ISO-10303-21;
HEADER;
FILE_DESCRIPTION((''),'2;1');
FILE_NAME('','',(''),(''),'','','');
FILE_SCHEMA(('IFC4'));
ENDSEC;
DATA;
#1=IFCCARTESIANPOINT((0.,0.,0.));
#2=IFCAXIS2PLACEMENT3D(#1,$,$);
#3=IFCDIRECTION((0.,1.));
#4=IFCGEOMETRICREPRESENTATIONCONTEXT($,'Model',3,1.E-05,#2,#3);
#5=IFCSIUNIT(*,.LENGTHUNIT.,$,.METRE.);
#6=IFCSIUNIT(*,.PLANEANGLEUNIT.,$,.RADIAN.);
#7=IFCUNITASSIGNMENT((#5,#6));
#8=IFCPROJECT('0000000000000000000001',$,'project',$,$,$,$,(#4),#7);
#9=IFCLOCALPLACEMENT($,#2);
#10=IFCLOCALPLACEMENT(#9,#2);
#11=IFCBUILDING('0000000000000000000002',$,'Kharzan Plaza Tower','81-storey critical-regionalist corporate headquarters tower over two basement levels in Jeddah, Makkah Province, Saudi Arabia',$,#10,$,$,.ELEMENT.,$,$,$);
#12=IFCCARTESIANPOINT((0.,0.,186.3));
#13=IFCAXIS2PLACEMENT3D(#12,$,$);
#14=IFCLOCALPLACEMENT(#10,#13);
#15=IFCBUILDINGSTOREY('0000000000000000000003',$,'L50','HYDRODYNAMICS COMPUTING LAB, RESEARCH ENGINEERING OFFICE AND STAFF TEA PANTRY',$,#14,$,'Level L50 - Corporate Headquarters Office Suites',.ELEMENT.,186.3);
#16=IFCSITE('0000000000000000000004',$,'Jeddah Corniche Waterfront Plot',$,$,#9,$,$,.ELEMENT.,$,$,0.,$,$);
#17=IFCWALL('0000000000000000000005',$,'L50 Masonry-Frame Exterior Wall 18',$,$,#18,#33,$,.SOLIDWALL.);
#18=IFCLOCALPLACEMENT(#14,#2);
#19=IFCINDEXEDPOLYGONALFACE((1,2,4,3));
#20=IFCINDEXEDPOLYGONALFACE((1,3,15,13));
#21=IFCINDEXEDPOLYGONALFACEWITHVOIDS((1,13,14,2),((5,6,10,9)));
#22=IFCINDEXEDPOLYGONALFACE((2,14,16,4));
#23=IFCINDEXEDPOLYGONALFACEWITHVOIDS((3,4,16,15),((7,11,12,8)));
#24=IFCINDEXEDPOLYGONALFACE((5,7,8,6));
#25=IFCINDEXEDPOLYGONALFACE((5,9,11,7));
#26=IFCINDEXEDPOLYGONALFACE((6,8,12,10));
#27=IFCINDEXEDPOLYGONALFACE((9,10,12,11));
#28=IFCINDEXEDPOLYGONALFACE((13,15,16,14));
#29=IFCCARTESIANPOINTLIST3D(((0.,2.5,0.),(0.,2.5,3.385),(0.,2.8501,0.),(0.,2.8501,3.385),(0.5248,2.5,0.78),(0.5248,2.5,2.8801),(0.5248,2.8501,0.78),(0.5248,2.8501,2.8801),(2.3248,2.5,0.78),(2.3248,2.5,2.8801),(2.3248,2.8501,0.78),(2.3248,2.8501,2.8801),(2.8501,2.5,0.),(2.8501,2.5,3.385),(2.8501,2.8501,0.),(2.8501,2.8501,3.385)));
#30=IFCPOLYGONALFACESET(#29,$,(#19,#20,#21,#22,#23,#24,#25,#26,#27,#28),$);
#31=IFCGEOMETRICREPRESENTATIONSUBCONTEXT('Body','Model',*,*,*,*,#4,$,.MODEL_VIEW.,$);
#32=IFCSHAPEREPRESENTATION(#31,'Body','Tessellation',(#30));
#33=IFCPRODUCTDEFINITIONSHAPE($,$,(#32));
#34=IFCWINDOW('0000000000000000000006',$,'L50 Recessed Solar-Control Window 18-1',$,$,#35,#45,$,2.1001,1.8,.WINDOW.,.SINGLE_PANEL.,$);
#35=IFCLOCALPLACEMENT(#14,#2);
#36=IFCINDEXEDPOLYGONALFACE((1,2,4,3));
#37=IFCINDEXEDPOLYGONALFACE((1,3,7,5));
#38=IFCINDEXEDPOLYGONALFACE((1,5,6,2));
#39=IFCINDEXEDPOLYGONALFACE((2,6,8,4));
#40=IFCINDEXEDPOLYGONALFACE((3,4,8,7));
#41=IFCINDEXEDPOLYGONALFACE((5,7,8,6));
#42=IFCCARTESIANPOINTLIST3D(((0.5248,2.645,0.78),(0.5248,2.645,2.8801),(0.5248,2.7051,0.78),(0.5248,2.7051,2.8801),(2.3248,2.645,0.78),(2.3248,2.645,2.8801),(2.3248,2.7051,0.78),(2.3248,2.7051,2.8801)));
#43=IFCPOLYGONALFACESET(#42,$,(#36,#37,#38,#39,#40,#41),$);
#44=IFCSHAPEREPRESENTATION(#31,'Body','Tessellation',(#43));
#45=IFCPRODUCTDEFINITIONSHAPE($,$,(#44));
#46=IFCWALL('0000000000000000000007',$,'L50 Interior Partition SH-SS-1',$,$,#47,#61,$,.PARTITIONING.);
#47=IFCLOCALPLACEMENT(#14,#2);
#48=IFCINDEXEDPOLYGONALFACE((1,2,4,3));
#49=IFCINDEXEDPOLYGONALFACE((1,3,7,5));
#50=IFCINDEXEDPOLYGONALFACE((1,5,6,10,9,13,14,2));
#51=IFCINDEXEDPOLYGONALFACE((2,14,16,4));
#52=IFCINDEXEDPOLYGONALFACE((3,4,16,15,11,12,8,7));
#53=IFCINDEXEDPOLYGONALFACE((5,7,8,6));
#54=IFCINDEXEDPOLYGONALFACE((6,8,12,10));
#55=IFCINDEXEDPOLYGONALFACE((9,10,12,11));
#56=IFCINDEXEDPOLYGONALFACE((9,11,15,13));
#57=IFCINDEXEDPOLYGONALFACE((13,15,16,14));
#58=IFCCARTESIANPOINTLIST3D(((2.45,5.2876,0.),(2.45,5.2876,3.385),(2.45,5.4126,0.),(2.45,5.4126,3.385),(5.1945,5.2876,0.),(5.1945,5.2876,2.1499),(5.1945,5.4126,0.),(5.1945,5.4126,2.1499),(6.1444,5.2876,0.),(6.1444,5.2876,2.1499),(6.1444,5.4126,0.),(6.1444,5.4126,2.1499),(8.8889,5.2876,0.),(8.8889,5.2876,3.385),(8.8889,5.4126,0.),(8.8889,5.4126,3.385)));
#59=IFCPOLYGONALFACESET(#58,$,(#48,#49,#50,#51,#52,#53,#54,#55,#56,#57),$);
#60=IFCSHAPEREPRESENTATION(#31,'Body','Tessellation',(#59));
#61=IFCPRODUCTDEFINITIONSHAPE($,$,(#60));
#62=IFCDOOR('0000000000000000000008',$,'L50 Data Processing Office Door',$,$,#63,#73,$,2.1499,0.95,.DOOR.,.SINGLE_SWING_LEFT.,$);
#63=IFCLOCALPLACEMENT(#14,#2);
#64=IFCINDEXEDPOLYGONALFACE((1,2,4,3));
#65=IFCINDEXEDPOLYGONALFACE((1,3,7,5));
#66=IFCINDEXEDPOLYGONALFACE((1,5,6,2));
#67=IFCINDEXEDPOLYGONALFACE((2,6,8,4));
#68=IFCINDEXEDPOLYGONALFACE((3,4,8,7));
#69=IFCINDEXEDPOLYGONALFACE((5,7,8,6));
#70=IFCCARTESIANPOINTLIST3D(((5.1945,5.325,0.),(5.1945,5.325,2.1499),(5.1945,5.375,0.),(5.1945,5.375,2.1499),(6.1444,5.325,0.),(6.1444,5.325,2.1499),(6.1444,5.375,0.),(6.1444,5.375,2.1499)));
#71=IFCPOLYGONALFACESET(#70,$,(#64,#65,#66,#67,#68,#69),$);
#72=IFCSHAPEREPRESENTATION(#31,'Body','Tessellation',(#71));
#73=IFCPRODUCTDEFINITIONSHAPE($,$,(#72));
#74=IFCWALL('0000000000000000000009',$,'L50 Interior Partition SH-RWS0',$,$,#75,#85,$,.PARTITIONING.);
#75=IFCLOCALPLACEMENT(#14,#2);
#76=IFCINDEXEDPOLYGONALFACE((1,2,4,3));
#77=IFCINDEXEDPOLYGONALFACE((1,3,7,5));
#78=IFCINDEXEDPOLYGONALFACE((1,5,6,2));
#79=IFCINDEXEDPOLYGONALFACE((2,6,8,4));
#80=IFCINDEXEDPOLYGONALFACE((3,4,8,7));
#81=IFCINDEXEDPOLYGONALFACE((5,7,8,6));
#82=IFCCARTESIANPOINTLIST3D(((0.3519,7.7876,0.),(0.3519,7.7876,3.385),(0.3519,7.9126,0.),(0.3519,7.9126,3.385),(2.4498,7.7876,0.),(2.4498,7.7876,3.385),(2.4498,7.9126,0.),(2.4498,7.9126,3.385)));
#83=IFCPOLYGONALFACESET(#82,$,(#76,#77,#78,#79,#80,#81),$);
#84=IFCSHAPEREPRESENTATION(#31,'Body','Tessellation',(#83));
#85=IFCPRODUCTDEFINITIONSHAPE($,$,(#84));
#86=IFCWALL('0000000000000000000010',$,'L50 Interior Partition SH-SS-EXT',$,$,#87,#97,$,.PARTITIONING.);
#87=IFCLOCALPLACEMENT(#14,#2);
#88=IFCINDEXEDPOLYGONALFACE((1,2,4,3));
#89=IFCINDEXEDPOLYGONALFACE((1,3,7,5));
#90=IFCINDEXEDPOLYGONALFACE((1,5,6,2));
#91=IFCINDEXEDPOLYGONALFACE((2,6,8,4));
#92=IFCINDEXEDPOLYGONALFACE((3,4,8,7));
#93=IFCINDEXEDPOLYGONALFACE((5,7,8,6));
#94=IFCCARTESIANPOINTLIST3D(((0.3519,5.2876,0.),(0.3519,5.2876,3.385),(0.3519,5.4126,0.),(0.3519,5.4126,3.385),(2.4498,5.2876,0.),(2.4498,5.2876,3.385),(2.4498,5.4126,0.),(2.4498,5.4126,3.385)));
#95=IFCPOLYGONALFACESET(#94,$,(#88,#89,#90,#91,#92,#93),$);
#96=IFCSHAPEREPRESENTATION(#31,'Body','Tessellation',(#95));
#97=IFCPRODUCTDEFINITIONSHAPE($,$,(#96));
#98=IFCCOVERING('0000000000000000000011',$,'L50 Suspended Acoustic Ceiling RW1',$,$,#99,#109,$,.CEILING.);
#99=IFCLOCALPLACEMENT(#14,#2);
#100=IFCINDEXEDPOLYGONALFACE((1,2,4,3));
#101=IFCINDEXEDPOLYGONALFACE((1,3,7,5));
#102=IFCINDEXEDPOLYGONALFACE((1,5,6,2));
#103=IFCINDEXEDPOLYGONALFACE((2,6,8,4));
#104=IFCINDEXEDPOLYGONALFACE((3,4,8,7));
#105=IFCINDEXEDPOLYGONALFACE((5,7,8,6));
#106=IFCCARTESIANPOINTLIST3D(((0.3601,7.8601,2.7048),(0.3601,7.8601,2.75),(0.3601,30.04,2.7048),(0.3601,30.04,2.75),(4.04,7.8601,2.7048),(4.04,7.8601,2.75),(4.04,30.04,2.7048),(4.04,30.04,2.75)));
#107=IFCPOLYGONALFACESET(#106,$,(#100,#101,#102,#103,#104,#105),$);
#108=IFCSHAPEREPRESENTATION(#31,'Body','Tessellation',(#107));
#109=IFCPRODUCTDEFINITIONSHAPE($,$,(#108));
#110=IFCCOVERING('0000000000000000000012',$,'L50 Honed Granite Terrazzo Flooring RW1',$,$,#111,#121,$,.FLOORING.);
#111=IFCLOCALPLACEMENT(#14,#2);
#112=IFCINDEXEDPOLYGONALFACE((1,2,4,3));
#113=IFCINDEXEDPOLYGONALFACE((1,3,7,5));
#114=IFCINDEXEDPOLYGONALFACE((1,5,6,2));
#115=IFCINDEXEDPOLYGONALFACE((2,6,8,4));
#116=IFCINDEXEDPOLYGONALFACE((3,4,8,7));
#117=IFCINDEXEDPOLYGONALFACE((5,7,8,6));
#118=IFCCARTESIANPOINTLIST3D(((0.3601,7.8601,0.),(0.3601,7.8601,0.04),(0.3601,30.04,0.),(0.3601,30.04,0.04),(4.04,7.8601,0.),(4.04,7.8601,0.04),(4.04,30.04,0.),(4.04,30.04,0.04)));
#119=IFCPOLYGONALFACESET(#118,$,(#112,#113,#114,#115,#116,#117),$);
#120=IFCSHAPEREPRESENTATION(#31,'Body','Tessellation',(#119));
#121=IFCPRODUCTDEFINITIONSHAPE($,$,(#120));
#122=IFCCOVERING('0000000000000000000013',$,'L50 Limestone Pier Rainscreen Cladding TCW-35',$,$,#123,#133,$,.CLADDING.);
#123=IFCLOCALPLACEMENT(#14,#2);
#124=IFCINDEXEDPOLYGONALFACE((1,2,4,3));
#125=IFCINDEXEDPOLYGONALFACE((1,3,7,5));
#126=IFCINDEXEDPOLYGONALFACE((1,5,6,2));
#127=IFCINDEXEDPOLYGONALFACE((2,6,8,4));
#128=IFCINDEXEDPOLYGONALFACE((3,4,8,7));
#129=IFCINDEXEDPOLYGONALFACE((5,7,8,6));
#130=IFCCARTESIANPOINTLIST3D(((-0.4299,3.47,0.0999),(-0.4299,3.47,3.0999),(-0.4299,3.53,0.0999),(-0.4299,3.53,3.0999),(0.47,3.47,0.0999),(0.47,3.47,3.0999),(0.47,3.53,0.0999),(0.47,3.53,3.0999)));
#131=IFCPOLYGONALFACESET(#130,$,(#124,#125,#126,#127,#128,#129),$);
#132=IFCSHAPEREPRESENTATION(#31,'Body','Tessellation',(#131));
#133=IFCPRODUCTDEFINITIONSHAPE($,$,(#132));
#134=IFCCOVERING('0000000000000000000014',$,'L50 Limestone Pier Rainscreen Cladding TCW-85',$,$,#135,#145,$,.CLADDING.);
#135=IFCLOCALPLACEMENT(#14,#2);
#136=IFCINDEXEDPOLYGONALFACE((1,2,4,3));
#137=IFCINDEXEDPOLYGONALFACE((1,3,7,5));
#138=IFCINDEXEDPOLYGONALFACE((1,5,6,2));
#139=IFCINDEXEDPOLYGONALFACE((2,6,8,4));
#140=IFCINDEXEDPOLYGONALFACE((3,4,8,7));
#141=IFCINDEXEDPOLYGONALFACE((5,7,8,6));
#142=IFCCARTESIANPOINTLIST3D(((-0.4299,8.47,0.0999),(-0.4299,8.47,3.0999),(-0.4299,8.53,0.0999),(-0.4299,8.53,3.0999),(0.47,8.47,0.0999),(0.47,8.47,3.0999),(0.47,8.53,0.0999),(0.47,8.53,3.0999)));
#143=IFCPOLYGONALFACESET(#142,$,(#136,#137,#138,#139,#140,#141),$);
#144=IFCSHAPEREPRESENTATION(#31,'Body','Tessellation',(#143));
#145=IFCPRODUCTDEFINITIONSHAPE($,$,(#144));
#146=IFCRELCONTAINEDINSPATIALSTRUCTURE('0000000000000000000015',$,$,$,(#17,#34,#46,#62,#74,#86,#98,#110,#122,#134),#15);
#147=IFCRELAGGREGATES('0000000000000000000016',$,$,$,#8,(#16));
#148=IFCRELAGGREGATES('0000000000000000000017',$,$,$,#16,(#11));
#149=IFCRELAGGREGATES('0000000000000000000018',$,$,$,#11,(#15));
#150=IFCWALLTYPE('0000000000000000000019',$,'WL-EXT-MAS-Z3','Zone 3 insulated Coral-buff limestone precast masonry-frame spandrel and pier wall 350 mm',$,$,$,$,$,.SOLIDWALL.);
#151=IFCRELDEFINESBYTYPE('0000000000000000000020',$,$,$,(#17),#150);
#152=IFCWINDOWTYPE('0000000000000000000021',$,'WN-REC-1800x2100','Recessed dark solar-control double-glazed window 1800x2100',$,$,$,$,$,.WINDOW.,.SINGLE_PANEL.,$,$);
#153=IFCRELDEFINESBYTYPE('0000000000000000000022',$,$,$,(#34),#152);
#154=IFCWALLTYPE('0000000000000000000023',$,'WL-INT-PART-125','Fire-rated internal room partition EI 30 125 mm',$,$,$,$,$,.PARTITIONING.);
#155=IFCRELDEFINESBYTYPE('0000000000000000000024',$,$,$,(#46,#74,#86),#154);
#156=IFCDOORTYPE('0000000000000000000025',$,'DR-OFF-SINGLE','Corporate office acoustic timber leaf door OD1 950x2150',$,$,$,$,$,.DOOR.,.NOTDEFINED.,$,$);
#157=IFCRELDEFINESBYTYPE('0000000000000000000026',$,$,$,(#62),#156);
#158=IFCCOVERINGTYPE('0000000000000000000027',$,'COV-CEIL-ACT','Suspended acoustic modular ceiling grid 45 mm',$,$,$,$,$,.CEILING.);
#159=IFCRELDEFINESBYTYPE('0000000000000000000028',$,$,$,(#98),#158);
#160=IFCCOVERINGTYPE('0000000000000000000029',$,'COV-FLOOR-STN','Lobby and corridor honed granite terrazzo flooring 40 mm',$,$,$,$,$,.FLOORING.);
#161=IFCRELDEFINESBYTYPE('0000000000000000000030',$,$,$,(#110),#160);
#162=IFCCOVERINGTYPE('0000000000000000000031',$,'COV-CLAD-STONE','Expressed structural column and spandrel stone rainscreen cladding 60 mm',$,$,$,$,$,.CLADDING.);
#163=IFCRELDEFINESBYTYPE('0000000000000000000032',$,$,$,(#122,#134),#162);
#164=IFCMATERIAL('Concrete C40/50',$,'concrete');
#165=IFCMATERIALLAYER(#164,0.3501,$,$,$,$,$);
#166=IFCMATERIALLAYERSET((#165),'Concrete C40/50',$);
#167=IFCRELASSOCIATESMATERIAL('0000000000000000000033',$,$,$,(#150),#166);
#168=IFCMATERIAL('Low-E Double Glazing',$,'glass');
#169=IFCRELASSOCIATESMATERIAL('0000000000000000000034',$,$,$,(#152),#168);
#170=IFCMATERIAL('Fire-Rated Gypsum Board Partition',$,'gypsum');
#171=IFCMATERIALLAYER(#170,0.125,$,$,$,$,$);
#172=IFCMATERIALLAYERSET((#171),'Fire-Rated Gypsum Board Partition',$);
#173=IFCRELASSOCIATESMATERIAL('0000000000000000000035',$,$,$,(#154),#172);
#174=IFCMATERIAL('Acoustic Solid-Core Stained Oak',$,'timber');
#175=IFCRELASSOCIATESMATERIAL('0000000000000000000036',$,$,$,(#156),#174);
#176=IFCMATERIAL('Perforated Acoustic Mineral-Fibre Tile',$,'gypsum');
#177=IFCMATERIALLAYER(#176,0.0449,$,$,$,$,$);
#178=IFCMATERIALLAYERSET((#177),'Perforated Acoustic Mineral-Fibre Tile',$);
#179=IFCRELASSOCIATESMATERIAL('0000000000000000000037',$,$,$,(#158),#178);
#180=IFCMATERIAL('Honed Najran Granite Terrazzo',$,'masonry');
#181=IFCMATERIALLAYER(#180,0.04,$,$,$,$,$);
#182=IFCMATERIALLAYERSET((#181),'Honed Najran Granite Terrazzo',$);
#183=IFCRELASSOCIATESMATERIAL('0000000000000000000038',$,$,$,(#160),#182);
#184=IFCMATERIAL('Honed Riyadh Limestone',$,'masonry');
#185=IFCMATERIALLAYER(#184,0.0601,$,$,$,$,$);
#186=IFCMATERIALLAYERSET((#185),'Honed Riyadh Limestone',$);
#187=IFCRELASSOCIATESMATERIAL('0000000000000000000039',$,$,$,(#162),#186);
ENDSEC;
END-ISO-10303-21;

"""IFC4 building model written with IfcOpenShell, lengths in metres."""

from ifc_helpers import new_model, si_unit, direction, frame, frame_2d, origin, origin_2d, place, context, subcontext, project, spatial, polyline, rectangle, outline, extrude, source, transform, mapped, material, layer, layer_set, type_object, element, fill, save


model = new_model("IFC4")

# Units and contexts
model_context = context("Model", 3, precision=1e-05, world=origin(), true_north=direction((0.0, 1.0)))
body_context = subcontext(model_context, "Body", "Model", "MODEL_VIEW")
ifc_project = project(units=[si_unit("LENGTHUNIT", "METRE"), si_unit("PLANEANGLEUNIT", "RADIAN")], contexts=[model_context])

# Site, building, storey
site_placement = place(None, origin())
site = spatial("IfcSite", under=ifc_project, at=site_placement, Name="Jeddah Corniche Waterfront Plot", CompositionType="ELEMENT", RefElevation=0.0)
building_placement = place(site_placement, origin())
building = spatial("IfcBuilding", under=site, at=building_placement, Name="Kharzan Plaza Tower", Description="81-storey critical-regionalist corporate headquarters tower over two basement levels in Jeddah, Makkah Province, Saudi Arabia", CompositionType="ELEMENT")
storey_placement = place(building_placement, frame((0.0, 0.0, 186.3)))
storey = spatial("IfcBuildingStorey", under=building, at=storey_placement, Name="L50", Description="HYDRODYNAMICS COMPUTING LAB, RESEARCH ENGINEERING OFFICE AND STAFF TEA PANTRY", LongName="Level L50 - Corporate Headquarters Office Suites", CompositionType="ELEMENT", Elevation=186.3)

# Shared definitions
ifc_material_1 = material(Name="Concrete C40/50", Category="concrete")

# Wall, opening, window
ifc_layer_1 = layer(ifc_material_1, 0.3501)
ifc_layer_set_1 = layer_set([ifc_layer_1], Name="Concrete C40/50")
wall_type_1 = type_object("IfcWallType", Name="WL-EXT-MAS-Z3", Description="Zone 3 insulated Coral-buff limestone precast masonry-frame spandrel and pier wall 350 mm", PredefinedType="SOLIDWALL", material=ifc_layer_set_1)
ifc_material_2 = material(Name="Low-E Double Glazing", Category="glass")
window_type = type_object("IfcWindowType", Name="WN-REC-1800x2100", Description="Recessed dark solar-control double-glazed window 1800x2100", PartitioningType="SINGLE_PANEL", PredefinedType="WINDOW", material=ifc_material_2)
wall_1_placement = place(storey_placement, frame((0.0, 2.675, 0.0), z_axis=(0.0, 0.0, 1.0), x_axis=(1.0, 0.0, 0.0)))
wall_1 = element("IfcWall", 1, at=wall_1_placement, inside=storey, type_object=wall_type_1, Name="L50 Masonry-Frame Exterior Wall 18", PredefinedType="SOLIDWALL", context=body_context, shape_type="SweptSolid", body=[
    extrude(rectangle(XDim=2.8501, YDim=0.3501, at=frame_2d((1.425, 0.0))), origin(), (0.0, 0.0, 1.0), 3.385),
])
opening_1_placement = place(wall_1_placement, frame((0.5249, 0.0, 0.78)))
opening_1 = element("IfcOpeningElement", 2, at=opening_1_placement, cuts=wall_1, PredefinedType="OPENING", context=body_context, shape_type="SweptSolid", body=[
    extrude(rectangle(XDim=1.8, YDim=2.1001, at=frame_2d((0.8999, 1.05))), frame((0.0, 0.1851, 0.0), z_axis=(0.0, -1.0, 0.0), x_axis=(1.0, 0.0, 0.0)), (0.0, 0.0, 1.0), 0.3701),
])
shared_shape_1 = source(origin(), body_context, "Body", "SweptSolid", [
    extrude(rectangle(XDim=1.8, YDim=2.1001, at=frame_2d((0.8999, 1.05))), frame((0.0, 0.03, 0.0), z_axis=(0.0, -1.0, 0.0), x_axis=(1.0, 0.0, 0.0)), (0.0, 0.0, 1.0), 0.0601),
])
window_1_placement = place(opening_1_placement, origin())
window_1 = element("IfcWindow", 3, at=window_1_placement, inside=storey, type_object=window_type, Name="L50 Recessed Solar-Control Window 18-1", OverallHeight=2.1001, OverallWidth=1.8, PartitioningType="SINGLE_PANEL", PredefinedType="WINDOW", context=body_context, shape_type="MappedRepresentation", body=[
    mapped(shared_shape_1, transform((0.0, 0.0, 0.0), x_axis=(1.0, 0.0, 0.0), y_axis=(0.0, 1.0, 0.0), z_axis=(0.0, 0.0, 1.0))),
])
fill(opening_1, window_1)

# Wall, opening, door
ifc_material_3 = material(Name="Fire-Rated Gypsum Board Partition", Category="gypsum")
ifc_layer_2 = layer(ifc_material_3, 0.125)
ifc_layer_set_2 = layer_set([ifc_layer_2], Name="Fire-Rated Gypsum Board Partition")
wall_type_2 = type_object("IfcWallType", Name="WL-INT-PART-125", Description="Fire-rated internal room partition EI 30 125 mm", PredefinedType="PARTITIONING", material=ifc_layer_set_2)
wall_2_placement = place(storey_placement, frame((2.45, 5.3501, 0.0), z_axis=(0.0, 0.0, 1.0), x_axis=(1.0, 0.0, 0.0)))
wall_2 = element("IfcWall", 4, at=wall_2_placement, inside=storey, type_object=wall_type_2, Name="L50 Interior Partition SH-SS-1", PredefinedType="PARTITIONING", context=body_context, shape_type="SweptSolid", body=[
    extrude(rectangle(XDim=6.439, YDim=0.125, at=frame_2d((3.2195, 0.0))), origin(), (0.0, 0.0, 1.0), 3.385),
])
opening_2_placement = place(wall_2_placement, frame((2.7444, 0.0, 0.0)))
opening_2 = element("IfcOpeningElement", 5, at=opening_2_placement, cuts=wall_2, PredefinedType="OPENING", context=body_context, shape_type="SweptSolid", body=[
    extrude(rectangle(XDim=0.95, YDim=2.1499, at=frame_2d((0.4751, 1.075))), frame((0.0, 0.0725, 0.0), z_axis=(0.0, -1.0, 0.0), x_axis=(1.0, 0.0, 0.0)), (0.0, 0.0, 1.0), 0.145),
])
ifc_material_4 = material(Name="Acoustic Solid-Core Stained Oak", Category="timber")
door_type = type_object("IfcDoorType", Name="DR-OFF-SINGLE", Description="Corporate office acoustic timber leaf door OD1 950x2150", OperationType="NOTDEFINED", PredefinedType="DOOR", material=ifc_material_4)
shared_shape_2 = source(origin(), body_context, "Body", "SweptSolid", [
    extrude(rectangle(XDim=0.95, YDim=2.1499, at=frame_2d((0.4751, 1.075))), frame((0.0, 0.0249, 0.0), z_axis=(0.0, -1.0, 0.0), x_axis=(1.0, 0.0, 0.0)), (0.0, 0.0, 1.0), 0.05),
])
door_placement = place(opening_2_placement, origin())
door = element("IfcDoor", 6, at=door_placement, inside=storey, type_object=door_type, Name="L50 Data Processing Office Door", OperationType="SINGLE_SWING_LEFT", OverallHeight=2.1499, OverallWidth=0.95, PredefinedType="DOOR", context=body_context, shape_type="MappedRepresentation", body=[
    mapped(shared_shape_2, transform((0.0, 0.0, 0.0), x_axis=(1.0, 0.0, 0.0), y_axis=(0.0, 1.0, 0.0), z_axis=(0.0, 0.0, 1.0))),
])
fill(opening_2, door)

# Walls
shared_shape_3 = source(origin(), body_context, "Body", "SweptSolid", [
    extrude(rectangle(XDim=2.0979, YDim=0.125, at=frame_2d((1.0488, 0.0))), origin(), (0.0, 0.0, 1.0), 3.385),
])
for number, where, z_axis, x_axis, name in (
    (7, (0.3521, 7.8501, 0.0), (0.0, 0.0, 1.0), (1.0, 0.0, 0.0), "L50 Interior Partition SH-RWS0"),
    (8, (0.3521, 5.3501, 0.0), (0.0, 0.0, 1.0), (1.0, 0.0, 0.0), "L50 Interior Partition SH-SS-EXT"),
):
    element("IfcWall", number, at=place(storey_placement, frame(where, z_axis=z_axis, x_axis=x_axis)), inside=storey, type_object=wall_type_2, Name=name, PredefinedType="PARTITIONING", context=body_context, shape_type="MappedRepresentation", body=[
        mapped(shared_shape_3, transform((0.0, 0.0, 0.0), x_axis=(1.0, 0.0, 0.0), y_axis=(0.0, 1.0, 0.0), z_axis=(0.0, 0.0, 1.0))),
    ])

# Coverings
ifc_material_5 = material(Name="Perforated Acoustic Mineral-Fibre Tile", Category="gypsum")
ifc_layer_3 = layer(ifc_material_5, 0.0449)
ifc_layer_set_3 = layer_set([ifc_layer_3], Name="Perforated Acoustic Mineral-Fibre Tile")
covering_type_1 = type_object("IfcCoveringType", Name="COV-CEIL-ACT", Description="Suspended acoustic modular ceiling grid 45 mm", PredefinedType="CEILING", material=ifc_layer_set_3)
covering_1_placement = place(storey_placement, frame((0.0, 0.0, 2.7048)))
element("IfcCovering", 9, at=covering_1_placement, inside=storey, type_object=covering_type_1, Name="L50 Suspended Acoustic Ceiling RW1", PredefinedType="CEILING", context=body_context, shape_type="SweptSolid", body=[
    extrude(outline(polyline([(0.3601, 7.8601), (4.04, 7.8601), (4.04, 30.04), (0.3601, 30.04), (0.3601, 7.8601)])), origin(), (0.0, 0.0, 1.0), 0.0452),
])
ifc_material_6 = material(Name="Honed Najran Granite Terrazzo", Category="masonry")
ifc_layer_4 = layer(ifc_material_6, 0.04)
ifc_layer_set_4 = layer_set([ifc_layer_4], Name="Honed Najran Granite Terrazzo")
covering_type_2 = type_object("IfcCoveringType", Name="COV-FLOOR-STN", Description="Lobby and corridor honed granite terrazzo flooring 40 mm", PredefinedType="FLOORING", material=ifc_layer_set_4)
covering_2_placement = place(storey_placement, origin())
element("IfcCovering", 10, at=covering_2_placement, inside=storey, type_object=covering_type_2, Name="L50 Honed Granite Terrazzo Flooring RW1", PredefinedType="FLOORING", context=body_context, shape_type="SweptSolid", body=[
    extrude(outline(polyline([(0.3601, 7.8601), (4.04, 7.8601), (4.04, 30.04), (0.3601, 30.04), (0.3601, 7.8601)])), origin(), (0.0, 0.0, 1.0), 0.04),
])
ifc_material_7 = material(Name="Honed Riyadh Limestone", Category="masonry")
ifc_layer_5 = layer(ifc_material_7, 0.0601)
ifc_layer_set_5 = layer_set([ifc_layer_5], Name="Honed Riyadh Limestone")
covering_type_3 = type_object("IfcCoveringType", Name="COV-CLAD-STONE", Description="Expressed structural column and spandrel stone rainscreen cladding 60 mm", PredefinedType="CLADDING", material=ifc_layer_set_5)
shared_shape_4 = source(origin(), body_context, "Body", "SweptSolid", [
    extrude(rectangle(XDim=0.0601, YDim=0.8999, at=origin_2d()), origin(), (0.0, 0.0, 1.0), 3.0),
])
for number, where, z_axis, x_axis, name in (
    (11, (0.02, 3.5, 0.0999), (0.0, 0.0, 1.0), (0.0, 1.0, 0.0), "L50 Limestone Pier Rainscreen Cladding TCW-35"),
    (12, (0.02, 8.5, 0.0999), (0.0, 0.0, 1.0), (0.0, 1.0, 0.0), "L50 Limestone Pier Rainscreen Cladding TCW-85"),
):
    element("IfcCovering", number, at=place(storey_placement, frame(where, z_axis=z_axis, x_axis=x_axis)), inside=storey, type_object=covering_type_3, Name=name, PredefinedType="CLADDING", context=body_context, shape_type="MappedRepresentation", body=[
        mapped(shared_shape_4, transform((0.0, 0.0, 0.0), x_axis=(1.0, 0.0, 0.0), y_axis=(0.0, 1.0, 0.0), z_axis=(0.0, 0.0, 1.0))),
    ])

save(model, "model.ifc")
